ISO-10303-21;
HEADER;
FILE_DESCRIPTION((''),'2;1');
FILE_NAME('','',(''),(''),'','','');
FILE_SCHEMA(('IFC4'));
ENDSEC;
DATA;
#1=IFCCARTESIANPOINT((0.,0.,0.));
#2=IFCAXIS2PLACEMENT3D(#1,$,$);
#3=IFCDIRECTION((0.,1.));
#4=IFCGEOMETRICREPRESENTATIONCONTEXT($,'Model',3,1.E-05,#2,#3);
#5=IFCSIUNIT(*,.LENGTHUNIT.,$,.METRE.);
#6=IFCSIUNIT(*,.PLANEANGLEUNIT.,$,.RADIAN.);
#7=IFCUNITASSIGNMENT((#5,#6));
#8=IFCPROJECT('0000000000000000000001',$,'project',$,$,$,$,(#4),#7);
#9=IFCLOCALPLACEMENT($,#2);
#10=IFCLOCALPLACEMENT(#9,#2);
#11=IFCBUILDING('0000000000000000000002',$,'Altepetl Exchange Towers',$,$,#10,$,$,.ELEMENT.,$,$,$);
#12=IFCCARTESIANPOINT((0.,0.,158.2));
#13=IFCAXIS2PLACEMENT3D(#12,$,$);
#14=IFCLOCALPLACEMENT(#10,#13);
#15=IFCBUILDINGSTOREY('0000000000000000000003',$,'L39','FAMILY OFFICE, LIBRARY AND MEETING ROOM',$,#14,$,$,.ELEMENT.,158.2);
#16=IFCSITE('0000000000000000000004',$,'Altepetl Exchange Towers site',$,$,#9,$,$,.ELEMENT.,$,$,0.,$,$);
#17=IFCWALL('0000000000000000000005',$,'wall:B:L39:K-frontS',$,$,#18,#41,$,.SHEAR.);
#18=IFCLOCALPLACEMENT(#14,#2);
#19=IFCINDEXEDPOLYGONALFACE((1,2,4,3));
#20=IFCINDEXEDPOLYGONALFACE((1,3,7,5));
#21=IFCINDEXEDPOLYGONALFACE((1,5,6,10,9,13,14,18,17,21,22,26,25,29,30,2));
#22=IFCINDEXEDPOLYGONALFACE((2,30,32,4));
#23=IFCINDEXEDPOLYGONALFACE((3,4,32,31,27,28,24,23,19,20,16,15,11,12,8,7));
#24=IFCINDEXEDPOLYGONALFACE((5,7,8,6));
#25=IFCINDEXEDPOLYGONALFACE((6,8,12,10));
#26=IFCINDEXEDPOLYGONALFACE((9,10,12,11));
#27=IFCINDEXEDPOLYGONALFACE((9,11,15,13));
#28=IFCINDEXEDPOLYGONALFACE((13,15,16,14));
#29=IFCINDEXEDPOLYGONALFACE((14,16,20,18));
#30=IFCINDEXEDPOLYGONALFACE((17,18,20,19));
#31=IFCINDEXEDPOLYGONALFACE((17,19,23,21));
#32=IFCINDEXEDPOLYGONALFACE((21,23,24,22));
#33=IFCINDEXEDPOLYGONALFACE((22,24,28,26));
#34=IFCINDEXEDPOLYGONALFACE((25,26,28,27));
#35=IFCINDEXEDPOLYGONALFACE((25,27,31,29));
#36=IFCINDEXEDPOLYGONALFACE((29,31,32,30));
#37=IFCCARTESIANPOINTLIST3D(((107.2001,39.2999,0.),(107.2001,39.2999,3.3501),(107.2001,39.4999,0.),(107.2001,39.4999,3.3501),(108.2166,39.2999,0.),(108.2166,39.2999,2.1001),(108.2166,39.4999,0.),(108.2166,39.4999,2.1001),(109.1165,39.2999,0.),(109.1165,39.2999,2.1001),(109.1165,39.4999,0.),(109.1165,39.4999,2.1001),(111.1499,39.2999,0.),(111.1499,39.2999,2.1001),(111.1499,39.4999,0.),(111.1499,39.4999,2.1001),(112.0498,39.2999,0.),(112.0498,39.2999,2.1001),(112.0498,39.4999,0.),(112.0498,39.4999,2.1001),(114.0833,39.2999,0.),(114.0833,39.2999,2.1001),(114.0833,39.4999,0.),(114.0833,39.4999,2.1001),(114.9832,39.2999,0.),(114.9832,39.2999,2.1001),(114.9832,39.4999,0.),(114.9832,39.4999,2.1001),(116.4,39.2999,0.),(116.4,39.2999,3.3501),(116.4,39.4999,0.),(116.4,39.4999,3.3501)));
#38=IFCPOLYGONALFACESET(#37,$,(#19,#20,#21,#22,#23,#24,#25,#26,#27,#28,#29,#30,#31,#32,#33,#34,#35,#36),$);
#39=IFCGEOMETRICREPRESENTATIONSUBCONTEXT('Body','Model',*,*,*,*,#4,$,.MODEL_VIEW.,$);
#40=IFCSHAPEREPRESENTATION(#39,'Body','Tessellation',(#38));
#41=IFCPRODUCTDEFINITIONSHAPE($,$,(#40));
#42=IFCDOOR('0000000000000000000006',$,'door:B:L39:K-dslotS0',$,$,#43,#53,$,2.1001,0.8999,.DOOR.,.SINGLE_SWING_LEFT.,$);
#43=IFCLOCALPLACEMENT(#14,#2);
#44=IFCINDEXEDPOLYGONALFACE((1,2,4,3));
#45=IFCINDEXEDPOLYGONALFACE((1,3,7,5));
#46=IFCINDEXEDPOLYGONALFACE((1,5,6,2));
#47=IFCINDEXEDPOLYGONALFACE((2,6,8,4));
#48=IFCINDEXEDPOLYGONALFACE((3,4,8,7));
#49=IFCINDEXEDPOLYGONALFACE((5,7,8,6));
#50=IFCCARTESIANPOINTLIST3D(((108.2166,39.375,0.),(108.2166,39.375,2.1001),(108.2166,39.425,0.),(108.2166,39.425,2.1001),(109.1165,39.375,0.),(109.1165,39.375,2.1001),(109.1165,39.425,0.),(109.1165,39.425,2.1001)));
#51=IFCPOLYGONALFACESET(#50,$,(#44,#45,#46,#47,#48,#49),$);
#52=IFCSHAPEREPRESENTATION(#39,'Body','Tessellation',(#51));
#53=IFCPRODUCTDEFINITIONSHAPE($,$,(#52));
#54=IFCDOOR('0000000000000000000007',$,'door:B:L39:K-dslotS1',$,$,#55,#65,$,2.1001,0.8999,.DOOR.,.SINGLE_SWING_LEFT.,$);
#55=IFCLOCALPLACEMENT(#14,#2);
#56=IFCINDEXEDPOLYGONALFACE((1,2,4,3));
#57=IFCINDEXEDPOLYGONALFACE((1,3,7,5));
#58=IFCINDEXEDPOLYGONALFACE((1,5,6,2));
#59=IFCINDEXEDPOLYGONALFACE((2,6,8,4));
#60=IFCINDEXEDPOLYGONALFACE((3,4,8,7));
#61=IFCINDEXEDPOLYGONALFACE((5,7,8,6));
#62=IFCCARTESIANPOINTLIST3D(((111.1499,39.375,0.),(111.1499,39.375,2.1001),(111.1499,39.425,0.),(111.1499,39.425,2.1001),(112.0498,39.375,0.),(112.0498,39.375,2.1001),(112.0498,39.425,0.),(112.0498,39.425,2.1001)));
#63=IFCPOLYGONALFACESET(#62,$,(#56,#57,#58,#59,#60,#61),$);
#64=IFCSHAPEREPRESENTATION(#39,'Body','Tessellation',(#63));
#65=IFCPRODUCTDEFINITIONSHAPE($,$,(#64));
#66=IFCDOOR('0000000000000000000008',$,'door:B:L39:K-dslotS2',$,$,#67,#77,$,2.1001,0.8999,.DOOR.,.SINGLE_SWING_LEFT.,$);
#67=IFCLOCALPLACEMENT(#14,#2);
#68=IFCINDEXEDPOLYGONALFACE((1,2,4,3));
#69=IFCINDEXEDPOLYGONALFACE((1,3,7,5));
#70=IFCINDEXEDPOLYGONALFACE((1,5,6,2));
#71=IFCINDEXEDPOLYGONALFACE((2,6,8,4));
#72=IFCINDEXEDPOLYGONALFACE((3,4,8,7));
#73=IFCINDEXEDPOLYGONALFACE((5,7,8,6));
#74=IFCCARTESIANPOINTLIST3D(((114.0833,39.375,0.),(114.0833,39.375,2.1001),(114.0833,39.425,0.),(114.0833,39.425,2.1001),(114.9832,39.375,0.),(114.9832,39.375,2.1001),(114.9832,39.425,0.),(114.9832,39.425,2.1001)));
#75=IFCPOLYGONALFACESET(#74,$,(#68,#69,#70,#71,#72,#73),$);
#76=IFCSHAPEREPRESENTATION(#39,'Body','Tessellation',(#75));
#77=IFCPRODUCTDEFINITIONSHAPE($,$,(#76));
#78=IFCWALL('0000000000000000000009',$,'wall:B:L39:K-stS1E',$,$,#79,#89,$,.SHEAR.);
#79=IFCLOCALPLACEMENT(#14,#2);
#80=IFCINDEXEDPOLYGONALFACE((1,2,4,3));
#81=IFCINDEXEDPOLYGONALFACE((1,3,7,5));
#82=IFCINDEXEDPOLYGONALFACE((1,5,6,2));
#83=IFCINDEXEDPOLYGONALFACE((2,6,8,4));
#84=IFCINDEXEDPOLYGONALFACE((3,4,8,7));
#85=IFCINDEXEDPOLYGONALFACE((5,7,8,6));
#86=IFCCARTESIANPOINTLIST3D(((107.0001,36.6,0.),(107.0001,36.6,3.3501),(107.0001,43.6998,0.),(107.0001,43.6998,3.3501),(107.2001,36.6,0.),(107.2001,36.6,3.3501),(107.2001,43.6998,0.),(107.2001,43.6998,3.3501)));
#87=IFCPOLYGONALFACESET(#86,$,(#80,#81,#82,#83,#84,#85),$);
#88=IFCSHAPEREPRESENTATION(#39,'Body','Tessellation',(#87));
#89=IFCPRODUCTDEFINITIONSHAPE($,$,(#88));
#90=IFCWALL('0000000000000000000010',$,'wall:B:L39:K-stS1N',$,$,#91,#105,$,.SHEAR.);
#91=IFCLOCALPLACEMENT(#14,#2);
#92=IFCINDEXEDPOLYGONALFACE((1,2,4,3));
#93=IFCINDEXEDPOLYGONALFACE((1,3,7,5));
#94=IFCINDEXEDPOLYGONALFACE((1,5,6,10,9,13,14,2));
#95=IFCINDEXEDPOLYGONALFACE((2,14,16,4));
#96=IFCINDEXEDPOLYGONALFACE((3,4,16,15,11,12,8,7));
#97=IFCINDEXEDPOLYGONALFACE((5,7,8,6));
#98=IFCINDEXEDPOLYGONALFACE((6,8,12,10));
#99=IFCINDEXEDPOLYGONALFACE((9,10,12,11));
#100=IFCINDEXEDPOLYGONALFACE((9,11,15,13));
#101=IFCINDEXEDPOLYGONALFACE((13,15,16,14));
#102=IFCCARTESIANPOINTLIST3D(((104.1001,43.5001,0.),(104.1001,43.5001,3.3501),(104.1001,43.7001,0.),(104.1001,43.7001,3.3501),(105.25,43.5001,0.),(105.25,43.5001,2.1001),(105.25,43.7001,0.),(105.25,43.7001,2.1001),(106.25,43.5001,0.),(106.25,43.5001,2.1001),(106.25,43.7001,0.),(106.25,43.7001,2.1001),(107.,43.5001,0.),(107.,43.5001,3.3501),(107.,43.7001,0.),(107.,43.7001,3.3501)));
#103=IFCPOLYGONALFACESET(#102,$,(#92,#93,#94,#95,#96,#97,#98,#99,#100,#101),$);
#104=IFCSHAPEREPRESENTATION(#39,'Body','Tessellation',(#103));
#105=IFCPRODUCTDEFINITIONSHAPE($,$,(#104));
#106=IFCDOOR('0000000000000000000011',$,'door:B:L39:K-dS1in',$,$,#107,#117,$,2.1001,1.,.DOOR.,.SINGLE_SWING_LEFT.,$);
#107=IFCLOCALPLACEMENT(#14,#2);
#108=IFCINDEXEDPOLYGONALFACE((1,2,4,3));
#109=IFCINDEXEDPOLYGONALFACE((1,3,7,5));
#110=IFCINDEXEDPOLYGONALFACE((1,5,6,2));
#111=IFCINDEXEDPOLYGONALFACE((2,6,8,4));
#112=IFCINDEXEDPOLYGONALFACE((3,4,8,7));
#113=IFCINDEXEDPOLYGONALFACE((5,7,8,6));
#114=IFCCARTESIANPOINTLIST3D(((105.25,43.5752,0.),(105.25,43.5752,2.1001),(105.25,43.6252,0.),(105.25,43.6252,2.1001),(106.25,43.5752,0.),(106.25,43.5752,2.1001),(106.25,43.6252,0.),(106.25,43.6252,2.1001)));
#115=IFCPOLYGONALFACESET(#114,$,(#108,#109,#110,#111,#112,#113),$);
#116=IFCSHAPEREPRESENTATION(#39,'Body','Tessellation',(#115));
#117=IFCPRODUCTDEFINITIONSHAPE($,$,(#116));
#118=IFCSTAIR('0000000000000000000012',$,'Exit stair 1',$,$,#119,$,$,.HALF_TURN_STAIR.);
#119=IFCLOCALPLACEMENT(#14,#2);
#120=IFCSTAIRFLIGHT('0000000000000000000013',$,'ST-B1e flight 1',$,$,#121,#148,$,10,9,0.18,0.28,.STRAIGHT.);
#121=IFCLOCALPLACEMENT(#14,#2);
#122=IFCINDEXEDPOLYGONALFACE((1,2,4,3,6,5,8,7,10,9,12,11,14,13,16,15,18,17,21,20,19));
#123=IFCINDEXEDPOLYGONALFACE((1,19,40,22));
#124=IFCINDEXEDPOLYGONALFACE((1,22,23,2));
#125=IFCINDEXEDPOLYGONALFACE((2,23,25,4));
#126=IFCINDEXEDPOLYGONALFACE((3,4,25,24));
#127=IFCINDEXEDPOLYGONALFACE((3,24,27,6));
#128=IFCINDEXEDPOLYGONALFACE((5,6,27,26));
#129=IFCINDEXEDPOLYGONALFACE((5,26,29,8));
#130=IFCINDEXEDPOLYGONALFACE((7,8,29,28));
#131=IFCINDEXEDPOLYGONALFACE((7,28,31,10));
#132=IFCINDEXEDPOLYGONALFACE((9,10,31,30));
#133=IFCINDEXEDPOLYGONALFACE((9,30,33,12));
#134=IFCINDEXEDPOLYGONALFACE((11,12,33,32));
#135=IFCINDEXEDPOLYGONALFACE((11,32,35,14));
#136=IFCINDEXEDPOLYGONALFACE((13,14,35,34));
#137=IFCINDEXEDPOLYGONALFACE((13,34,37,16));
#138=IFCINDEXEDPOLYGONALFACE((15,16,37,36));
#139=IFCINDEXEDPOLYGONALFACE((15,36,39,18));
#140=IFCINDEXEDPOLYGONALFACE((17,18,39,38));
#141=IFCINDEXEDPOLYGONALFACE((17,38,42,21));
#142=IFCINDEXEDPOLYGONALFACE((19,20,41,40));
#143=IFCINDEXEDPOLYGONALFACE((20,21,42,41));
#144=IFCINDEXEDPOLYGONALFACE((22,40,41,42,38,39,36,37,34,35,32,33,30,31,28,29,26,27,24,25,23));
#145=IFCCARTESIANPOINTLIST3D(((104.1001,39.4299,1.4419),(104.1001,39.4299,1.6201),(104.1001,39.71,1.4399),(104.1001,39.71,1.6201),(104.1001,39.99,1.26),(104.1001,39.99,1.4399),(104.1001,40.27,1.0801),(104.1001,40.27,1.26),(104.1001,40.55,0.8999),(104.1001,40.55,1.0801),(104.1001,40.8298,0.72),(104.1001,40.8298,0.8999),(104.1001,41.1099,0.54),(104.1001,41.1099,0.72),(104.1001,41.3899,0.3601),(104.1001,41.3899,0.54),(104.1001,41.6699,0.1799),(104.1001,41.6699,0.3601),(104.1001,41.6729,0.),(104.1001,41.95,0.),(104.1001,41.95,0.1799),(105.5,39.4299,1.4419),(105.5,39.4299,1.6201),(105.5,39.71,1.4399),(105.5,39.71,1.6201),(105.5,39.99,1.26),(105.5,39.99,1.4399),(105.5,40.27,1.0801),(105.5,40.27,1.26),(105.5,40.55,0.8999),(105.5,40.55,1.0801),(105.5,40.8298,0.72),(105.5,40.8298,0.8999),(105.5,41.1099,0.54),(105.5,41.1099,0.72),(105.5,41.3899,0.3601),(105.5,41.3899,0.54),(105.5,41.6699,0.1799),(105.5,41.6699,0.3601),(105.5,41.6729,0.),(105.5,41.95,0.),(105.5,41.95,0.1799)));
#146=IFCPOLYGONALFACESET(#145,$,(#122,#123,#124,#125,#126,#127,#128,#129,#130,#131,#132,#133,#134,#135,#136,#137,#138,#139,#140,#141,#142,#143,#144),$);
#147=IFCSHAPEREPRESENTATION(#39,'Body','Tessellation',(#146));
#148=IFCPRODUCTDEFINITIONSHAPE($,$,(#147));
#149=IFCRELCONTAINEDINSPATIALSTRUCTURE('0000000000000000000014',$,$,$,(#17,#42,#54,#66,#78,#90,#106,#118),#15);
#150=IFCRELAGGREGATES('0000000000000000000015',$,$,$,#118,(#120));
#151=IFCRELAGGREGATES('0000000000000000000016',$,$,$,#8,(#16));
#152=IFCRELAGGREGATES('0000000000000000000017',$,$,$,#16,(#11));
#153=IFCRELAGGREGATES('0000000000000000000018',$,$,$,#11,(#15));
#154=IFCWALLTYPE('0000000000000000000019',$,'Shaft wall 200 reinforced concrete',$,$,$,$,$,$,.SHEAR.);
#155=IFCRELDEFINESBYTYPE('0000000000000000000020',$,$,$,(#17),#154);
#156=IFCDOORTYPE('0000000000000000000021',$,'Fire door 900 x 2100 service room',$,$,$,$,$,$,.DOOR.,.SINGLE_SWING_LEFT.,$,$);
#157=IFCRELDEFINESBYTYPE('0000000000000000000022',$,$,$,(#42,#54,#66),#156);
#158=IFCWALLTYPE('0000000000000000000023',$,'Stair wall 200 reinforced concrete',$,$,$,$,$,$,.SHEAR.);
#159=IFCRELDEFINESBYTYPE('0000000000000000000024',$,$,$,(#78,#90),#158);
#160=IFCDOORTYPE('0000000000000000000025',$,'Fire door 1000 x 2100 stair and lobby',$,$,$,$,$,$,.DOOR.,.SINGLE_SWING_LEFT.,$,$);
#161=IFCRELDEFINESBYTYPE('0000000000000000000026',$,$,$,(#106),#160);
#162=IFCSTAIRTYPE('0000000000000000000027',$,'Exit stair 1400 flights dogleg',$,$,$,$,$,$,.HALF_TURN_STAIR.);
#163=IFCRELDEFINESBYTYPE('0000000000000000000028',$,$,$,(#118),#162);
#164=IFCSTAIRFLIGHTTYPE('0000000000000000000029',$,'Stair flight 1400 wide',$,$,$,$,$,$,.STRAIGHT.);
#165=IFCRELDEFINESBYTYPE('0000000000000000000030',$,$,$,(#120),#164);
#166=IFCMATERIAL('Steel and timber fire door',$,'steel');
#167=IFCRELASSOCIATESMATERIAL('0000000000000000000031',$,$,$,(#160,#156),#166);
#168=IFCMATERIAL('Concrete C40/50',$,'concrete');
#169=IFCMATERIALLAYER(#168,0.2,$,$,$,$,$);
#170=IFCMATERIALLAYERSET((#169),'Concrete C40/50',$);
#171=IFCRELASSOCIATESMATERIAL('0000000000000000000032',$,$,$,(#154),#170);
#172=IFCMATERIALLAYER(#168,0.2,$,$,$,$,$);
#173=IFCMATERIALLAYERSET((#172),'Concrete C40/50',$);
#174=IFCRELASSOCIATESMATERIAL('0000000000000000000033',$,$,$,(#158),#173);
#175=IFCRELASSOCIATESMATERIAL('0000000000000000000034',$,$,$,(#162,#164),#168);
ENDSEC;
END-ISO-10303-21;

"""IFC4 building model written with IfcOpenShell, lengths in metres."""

from ifc_helpers import new_model, si_unit, direction, frame, frame_2d, origin, place, context, subcontext, project, spatial, polyline, rectangle, outline, extrude, material, layer, layer_set, type_object, element, fill, aggregate, save


model = new_model("IFC4")

# Units and contexts
model_context = context("Model", 3, precision=1e-05, world=origin(), true_north=direction((0.0, 1.0)))
body_context = subcontext(model_context, "Body", "Model", "MODEL_VIEW")
ifc_project = project(units=[si_unit("LENGTHUNIT", "METRE"), si_unit("PLANEANGLEUNIT", "RADIAN")], contexts=[model_context])

# Site, building, storey
site_placement = place(None, origin())
site = spatial("IfcSite", under=ifc_project, at=site_placement, Name="Altepetl Exchange Towers site", CompositionType="ELEMENT", RefElevation=0.0)
building_placement = place(site_placement, origin())
building = spatial("IfcBuilding", under=site, at=building_placement, Name="Altepetl Exchange Towers", CompositionType="ELEMENT")
storey_placement = place(building_placement, frame((0.0, 0.0, 158.2)))
storey = spatial("IfcBuildingStorey", under=building, at=storey_placement, Name="L39", Description="FAMILY OFFICE, LIBRARY AND MEETING ROOM", CompositionType="ELEMENT", Elevation=158.2)

# Shared definitions
ifc_material_1 = material(Name="Steel and timber fire door", Category="steel")
door_type_1 = type_object("IfcDoorType", Name="Fire door 1000 x 2100 stair and lobby", OperationType="SINGLE_SWING_LEFT", PredefinedType="DOOR", material=ifc_material_1)

# Shared definitions
door_type_2 = type_object("IfcDoorType", Name="Fire door 900 x 2100 service room", OperationType="SINGLE_SWING_LEFT", PredefinedType="DOOR", material=ifc_material_1)
ifc_material_2 = material(Name="Concrete C40/50", Category="concrete")
ifc_layer_1 = layer(ifc_material_2, 0.2)
ifc_layer_set_1 = layer_set([ifc_layer_1], Name="Concrete C40/50")
wall_type_1 = type_object("IfcWallType", Name="Shaft wall 200 reinforced concrete", PredefinedType="SHEAR", material=ifc_layer_set_1)

# Wall, openings, doors
wall_1_placement = place(storey_placement, frame((107.2, 39.3999, 0.0)))
wall_1 = element("IfcWall", 1, at=wall_1_placement, inside=storey, type_object=wall_type_1, Name="wall:B:L39:K-frontS", PredefinedType="SHEAR", context=body_context, shape_type="SweptSolid", body=[
    extrude(rectangle(XDim=9.2, YDim=0.2, at=frame_2d((4.6001, 0.0))), origin(), (0.0, 0.0, 1.0), 3.3501),
])
opening_1_placement = place(wall_1_placement, frame((1.0166, 0.0, 0.0)))
opening_1 = element("IfcOpeningElement", 2, at=opening_1_placement, cuts=wall_1, PredefinedType="OPENING", context=body_context, shape_type="SweptSolid", body=[
    extrude(rectangle(XDim=0.8999, YDim=2.1001, at=frame_2d((0.45, 1.05))), frame((0.0, 0.1099, 0.0), z_axis=(0.0, -1.0, 0.0), x_axis=(1.0, 0.0, 0.0)), (0.0, 0.0, 1.0), 0.22),
])
opening_2_placement = place(wall_1_placement, frame((3.95, 0.0, 0.0)))
opening_2 = element("IfcOpeningElement", 3, at=opening_2_placement, cuts=wall_1, PredefinedType="OPENING", context=body_context, shape_type="SweptSolid", body=[
    extrude(rectangle(XDim=0.8999, YDim=2.1001, at=frame_2d((0.45, 1.05))), frame((0.0, 0.1099, 0.0), z_axis=(0.0, -1.0, 0.0), x_axis=(1.0, 0.0, 0.0)), (0.0, 0.0, 1.0), 0.22),
])
opening_3_placement = place(wall_1_placement, frame((6.8833, 0.0, 0.0)))
opening_3 = element("IfcOpeningElement", 4, at=opening_3_placement, cuts=wall_1, PredefinedType="OPENING", context=body_context, shape_type="SweptSolid", body=[
    extrude(rectangle(XDim=0.8999, YDim=2.1001, at=frame_2d((0.45, 1.05))), frame((0.0, 0.1099, 0.0), z_axis=(0.0, -1.0, 0.0), x_axis=(1.0, 0.0, 0.0)), (0.0, 0.0, 1.0), 0.22),
])
door_1_placement = place(opening_1_placement, frame((0.8999, 0.0, 0.0), x_axis=(-1.0, 0.0, 0.0)))
door_1 = element("IfcDoor", 5, at=door_1_placement, inside=storey, type_object=door_type_2, Name="door:B:L39:K-dslotS0", OperationType="SINGLE_SWING_LEFT", OverallHeight=2.1001, OverallWidth=0.8999, PredefinedType="DOOR", context=body_context, shape_type="SweptSolid", body=[
    extrude(rectangle(XDim=0.8999, YDim=2.1001, at=frame_2d((0.45, 1.05))), frame((0.0, 0.0249, 0.0), z_axis=(0.0, -1.0, 0.0), x_axis=(1.0, 0.0, 0.0)), (0.0, 0.0, 1.0), 0.05),
])
fill(opening_1, door_1)
door_2_placement = place(opening_2_placement, frame((0.8999, 0.0, 0.0), x_axis=(-1.0, 0.0, 0.0)))
door_2 = element("IfcDoor", 6, at=door_2_placement, inside=storey, type_object=door_type_2, Name="door:B:L39:K-dslotS1", OperationType="SINGLE_SWING_LEFT", OverallHeight=2.1001, OverallWidth=0.8999, PredefinedType="DOOR", context=body_context, shape_type="SweptSolid", body=[
    extrude(rectangle(XDim=0.8999, YDim=2.1001, at=frame_2d((0.45, 1.05))), frame((0.0, 0.0249, 0.0), z_axis=(0.0, -1.0, 0.0), x_axis=(1.0, 0.0, 0.0)), (0.0, 0.0, 1.0), 0.05),
])
fill(opening_2, door_2)
door_3_placement = place(opening_3_placement, frame((0.8999, 0.0, 0.0), x_axis=(-1.0, 0.0, 0.0)))
door_3 = element("IfcDoor", 7, at=door_3_placement, inside=storey, type_object=door_type_2, Name="door:B:L39:K-dslotS2", OperationType="SINGLE_SWING_LEFT", OverallHeight=2.1001, OverallWidth=0.8999, PredefinedType="DOOR", context=body_context, shape_type="SweptSolid", body=[
    extrude(rectangle(XDim=0.8999, YDim=2.1001, at=frame_2d((0.45, 1.05))), frame((0.0, 0.0249, 0.0), z_axis=(0.0, -1.0, 0.0), x_axis=(1.0, 0.0, 0.0)), (0.0, 0.0, 1.0), 0.05),
])
fill(opening_3, door_3)

# Wall
ifc_layer_2 = layer(ifc_material_2, 0.2)
ifc_layer_set_2 = layer_set([ifc_layer_2], Name="Concrete C40/50")
wall_type_2 = type_object("IfcWallType", Name="Stair wall 200 reinforced concrete", PredefinedType="SHEAR", material=ifc_layer_set_2)
wall_2_placement = place(storey_placement, frame((107.1001, 36.6001, 0.0), z_axis=(0.0, 0.0, 1.0), x_axis=(0.0, 1.0, 0.0)))
element("IfcWall", 8, at=wall_2_placement, inside=storey, type_object=wall_type_2, Name="wall:B:L39:K-stS1E", PredefinedType="SHEAR", context=body_context, shape_type="SweptSolid", body=[
    extrude(rectangle(XDim=7.0999, YDim=0.2, at=frame_2d((3.5498, 0.0))), origin(), (0.0, 0.0, 1.0), 3.3501),
])

# Wall, opening, door
wall_3_placement = place(storey_placement, frame((104.1001, 43.6001, 0.0)))
wall_3 = element("IfcWall", 9, at=wall_3_placement, inside=storey, type_object=wall_type_2, Name="wall:B:L39:K-stS1N", PredefinedType="SHEAR", context=body_context, shape_type="SweptSolid", body=[
    extrude(rectangle(XDim=2.8999, YDim=0.2, at=frame_2d((1.45, 0.0))), origin(), (0.0, 0.0, 1.0), 3.3501),
])
opening_4_placement = place(wall_3_placement, frame((1.1499, 0.0, 0.0)))
opening_4 = element("IfcOpeningElement", 10, at=opening_4_placement, cuts=wall_3, PredefinedType="OPENING", context=body_context, shape_type="SweptSolid", body=[
    extrude(rectangle(XDim=1.0, YDim=2.1001, at=frame_2d((0.5, 1.05))), frame((0.0, 0.1099, 0.0), z_axis=(0.0, -1.0, 0.0), x_axis=(1.0, 0.0, 0.0)), (0.0, 0.0, 1.0), 0.22),
])
door_4_placement = place(opening_4_placement, frame((1.0, 0.0, 0.0), x_axis=(-1.0, 0.0, 0.0)))
door_4 = element("IfcDoor", 11, at=door_4_placement, inside=storey, type_object=door_type_1, Name="door:B:L39:K-dS1in", OperationType="SINGLE_SWING_LEFT", OverallHeight=2.1001, OverallWidth=1.0, PredefinedType="DOOR", context=body_context, shape_type="SweptSolid", body=[
    extrude(rectangle(XDim=1.0, YDim=2.1001, at=frame_2d((0.5, 1.05))), frame((0.0, 0.0249, 0.0), z_axis=(0.0, -1.0, 0.0), x_axis=(1.0, 0.0, 0.0)), (0.0, 0.0, 1.0), 0.05),
])
fill(opening_4, door_4)

# Stair, stair flight
stair_type = type_object("IfcStairType", Name="Exit stair 1400 flights dogleg", PredefinedType="HALF_TURN_STAIR", material=ifc_material_2)
stair_placement = place(storey_placement, origin())
stair = element("IfcStair", 12, at=stair_placement, inside=storey, type_object=stair_type, Name="Exit stair 1", PredefinedType="HALF_TURN_STAIR")
stair_flight_type = type_object("IfcStairFlightType", Name="Stair flight 1400 wide", PredefinedType="STRAIGHT", material=ifc_material_2)
stair_flight_1_placement = place(storey_placement, frame((104.8, 41.95, 0.0), z_axis=(0.0, 0.0, 1.0), x_axis=(0.0, -1.0, 0.0)))
stair_flight_1 = element("IfcStairFlight", 13, at=stair_flight_1_placement, type_object=stair_flight_type, Name="ST-B1e flight 1", NumberOfRisers=10, NumberOfTreads=9, PredefinedType="STRAIGHT", RiserHeight=0.18, TreadLength=0.28, context=body_context, shape_type="SweptSolid", body=[
    extrude(outline(polyline([(0.0, 0.0), (0.0, 0.1799), (0.28, 0.1799), (0.28, 0.3601), (0.5601, 0.3601), (0.5601, 0.54), (0.8401, 0.54), (0.8401, 0.72), (1.1201, 0.72), (1.1201, 0.8999), (1.3999, 0.8999), (1.3999, 1.0801), (1.6799, 1.0801), (1.6799, 1.26), (1.96, 1.26), (1.96, 1.4399), (2.24, 1.4399), (2.24, 1.6201), (2.52, 1.6201), (2.52, 1.8), (2.52, 1.4419), (0.2771, 0.0), (0.0, 0.0)])), frame((0.0, 0.7, 0.0), z_axis=(0.0, -1.0, 0.0), x_axis=(1.0, 0.0, 0.0)), (0.0, 0.0, 1.0), 1.3999),
])
aggregate(stair, [stair_flight_1])

save(model, "model.ifc")
